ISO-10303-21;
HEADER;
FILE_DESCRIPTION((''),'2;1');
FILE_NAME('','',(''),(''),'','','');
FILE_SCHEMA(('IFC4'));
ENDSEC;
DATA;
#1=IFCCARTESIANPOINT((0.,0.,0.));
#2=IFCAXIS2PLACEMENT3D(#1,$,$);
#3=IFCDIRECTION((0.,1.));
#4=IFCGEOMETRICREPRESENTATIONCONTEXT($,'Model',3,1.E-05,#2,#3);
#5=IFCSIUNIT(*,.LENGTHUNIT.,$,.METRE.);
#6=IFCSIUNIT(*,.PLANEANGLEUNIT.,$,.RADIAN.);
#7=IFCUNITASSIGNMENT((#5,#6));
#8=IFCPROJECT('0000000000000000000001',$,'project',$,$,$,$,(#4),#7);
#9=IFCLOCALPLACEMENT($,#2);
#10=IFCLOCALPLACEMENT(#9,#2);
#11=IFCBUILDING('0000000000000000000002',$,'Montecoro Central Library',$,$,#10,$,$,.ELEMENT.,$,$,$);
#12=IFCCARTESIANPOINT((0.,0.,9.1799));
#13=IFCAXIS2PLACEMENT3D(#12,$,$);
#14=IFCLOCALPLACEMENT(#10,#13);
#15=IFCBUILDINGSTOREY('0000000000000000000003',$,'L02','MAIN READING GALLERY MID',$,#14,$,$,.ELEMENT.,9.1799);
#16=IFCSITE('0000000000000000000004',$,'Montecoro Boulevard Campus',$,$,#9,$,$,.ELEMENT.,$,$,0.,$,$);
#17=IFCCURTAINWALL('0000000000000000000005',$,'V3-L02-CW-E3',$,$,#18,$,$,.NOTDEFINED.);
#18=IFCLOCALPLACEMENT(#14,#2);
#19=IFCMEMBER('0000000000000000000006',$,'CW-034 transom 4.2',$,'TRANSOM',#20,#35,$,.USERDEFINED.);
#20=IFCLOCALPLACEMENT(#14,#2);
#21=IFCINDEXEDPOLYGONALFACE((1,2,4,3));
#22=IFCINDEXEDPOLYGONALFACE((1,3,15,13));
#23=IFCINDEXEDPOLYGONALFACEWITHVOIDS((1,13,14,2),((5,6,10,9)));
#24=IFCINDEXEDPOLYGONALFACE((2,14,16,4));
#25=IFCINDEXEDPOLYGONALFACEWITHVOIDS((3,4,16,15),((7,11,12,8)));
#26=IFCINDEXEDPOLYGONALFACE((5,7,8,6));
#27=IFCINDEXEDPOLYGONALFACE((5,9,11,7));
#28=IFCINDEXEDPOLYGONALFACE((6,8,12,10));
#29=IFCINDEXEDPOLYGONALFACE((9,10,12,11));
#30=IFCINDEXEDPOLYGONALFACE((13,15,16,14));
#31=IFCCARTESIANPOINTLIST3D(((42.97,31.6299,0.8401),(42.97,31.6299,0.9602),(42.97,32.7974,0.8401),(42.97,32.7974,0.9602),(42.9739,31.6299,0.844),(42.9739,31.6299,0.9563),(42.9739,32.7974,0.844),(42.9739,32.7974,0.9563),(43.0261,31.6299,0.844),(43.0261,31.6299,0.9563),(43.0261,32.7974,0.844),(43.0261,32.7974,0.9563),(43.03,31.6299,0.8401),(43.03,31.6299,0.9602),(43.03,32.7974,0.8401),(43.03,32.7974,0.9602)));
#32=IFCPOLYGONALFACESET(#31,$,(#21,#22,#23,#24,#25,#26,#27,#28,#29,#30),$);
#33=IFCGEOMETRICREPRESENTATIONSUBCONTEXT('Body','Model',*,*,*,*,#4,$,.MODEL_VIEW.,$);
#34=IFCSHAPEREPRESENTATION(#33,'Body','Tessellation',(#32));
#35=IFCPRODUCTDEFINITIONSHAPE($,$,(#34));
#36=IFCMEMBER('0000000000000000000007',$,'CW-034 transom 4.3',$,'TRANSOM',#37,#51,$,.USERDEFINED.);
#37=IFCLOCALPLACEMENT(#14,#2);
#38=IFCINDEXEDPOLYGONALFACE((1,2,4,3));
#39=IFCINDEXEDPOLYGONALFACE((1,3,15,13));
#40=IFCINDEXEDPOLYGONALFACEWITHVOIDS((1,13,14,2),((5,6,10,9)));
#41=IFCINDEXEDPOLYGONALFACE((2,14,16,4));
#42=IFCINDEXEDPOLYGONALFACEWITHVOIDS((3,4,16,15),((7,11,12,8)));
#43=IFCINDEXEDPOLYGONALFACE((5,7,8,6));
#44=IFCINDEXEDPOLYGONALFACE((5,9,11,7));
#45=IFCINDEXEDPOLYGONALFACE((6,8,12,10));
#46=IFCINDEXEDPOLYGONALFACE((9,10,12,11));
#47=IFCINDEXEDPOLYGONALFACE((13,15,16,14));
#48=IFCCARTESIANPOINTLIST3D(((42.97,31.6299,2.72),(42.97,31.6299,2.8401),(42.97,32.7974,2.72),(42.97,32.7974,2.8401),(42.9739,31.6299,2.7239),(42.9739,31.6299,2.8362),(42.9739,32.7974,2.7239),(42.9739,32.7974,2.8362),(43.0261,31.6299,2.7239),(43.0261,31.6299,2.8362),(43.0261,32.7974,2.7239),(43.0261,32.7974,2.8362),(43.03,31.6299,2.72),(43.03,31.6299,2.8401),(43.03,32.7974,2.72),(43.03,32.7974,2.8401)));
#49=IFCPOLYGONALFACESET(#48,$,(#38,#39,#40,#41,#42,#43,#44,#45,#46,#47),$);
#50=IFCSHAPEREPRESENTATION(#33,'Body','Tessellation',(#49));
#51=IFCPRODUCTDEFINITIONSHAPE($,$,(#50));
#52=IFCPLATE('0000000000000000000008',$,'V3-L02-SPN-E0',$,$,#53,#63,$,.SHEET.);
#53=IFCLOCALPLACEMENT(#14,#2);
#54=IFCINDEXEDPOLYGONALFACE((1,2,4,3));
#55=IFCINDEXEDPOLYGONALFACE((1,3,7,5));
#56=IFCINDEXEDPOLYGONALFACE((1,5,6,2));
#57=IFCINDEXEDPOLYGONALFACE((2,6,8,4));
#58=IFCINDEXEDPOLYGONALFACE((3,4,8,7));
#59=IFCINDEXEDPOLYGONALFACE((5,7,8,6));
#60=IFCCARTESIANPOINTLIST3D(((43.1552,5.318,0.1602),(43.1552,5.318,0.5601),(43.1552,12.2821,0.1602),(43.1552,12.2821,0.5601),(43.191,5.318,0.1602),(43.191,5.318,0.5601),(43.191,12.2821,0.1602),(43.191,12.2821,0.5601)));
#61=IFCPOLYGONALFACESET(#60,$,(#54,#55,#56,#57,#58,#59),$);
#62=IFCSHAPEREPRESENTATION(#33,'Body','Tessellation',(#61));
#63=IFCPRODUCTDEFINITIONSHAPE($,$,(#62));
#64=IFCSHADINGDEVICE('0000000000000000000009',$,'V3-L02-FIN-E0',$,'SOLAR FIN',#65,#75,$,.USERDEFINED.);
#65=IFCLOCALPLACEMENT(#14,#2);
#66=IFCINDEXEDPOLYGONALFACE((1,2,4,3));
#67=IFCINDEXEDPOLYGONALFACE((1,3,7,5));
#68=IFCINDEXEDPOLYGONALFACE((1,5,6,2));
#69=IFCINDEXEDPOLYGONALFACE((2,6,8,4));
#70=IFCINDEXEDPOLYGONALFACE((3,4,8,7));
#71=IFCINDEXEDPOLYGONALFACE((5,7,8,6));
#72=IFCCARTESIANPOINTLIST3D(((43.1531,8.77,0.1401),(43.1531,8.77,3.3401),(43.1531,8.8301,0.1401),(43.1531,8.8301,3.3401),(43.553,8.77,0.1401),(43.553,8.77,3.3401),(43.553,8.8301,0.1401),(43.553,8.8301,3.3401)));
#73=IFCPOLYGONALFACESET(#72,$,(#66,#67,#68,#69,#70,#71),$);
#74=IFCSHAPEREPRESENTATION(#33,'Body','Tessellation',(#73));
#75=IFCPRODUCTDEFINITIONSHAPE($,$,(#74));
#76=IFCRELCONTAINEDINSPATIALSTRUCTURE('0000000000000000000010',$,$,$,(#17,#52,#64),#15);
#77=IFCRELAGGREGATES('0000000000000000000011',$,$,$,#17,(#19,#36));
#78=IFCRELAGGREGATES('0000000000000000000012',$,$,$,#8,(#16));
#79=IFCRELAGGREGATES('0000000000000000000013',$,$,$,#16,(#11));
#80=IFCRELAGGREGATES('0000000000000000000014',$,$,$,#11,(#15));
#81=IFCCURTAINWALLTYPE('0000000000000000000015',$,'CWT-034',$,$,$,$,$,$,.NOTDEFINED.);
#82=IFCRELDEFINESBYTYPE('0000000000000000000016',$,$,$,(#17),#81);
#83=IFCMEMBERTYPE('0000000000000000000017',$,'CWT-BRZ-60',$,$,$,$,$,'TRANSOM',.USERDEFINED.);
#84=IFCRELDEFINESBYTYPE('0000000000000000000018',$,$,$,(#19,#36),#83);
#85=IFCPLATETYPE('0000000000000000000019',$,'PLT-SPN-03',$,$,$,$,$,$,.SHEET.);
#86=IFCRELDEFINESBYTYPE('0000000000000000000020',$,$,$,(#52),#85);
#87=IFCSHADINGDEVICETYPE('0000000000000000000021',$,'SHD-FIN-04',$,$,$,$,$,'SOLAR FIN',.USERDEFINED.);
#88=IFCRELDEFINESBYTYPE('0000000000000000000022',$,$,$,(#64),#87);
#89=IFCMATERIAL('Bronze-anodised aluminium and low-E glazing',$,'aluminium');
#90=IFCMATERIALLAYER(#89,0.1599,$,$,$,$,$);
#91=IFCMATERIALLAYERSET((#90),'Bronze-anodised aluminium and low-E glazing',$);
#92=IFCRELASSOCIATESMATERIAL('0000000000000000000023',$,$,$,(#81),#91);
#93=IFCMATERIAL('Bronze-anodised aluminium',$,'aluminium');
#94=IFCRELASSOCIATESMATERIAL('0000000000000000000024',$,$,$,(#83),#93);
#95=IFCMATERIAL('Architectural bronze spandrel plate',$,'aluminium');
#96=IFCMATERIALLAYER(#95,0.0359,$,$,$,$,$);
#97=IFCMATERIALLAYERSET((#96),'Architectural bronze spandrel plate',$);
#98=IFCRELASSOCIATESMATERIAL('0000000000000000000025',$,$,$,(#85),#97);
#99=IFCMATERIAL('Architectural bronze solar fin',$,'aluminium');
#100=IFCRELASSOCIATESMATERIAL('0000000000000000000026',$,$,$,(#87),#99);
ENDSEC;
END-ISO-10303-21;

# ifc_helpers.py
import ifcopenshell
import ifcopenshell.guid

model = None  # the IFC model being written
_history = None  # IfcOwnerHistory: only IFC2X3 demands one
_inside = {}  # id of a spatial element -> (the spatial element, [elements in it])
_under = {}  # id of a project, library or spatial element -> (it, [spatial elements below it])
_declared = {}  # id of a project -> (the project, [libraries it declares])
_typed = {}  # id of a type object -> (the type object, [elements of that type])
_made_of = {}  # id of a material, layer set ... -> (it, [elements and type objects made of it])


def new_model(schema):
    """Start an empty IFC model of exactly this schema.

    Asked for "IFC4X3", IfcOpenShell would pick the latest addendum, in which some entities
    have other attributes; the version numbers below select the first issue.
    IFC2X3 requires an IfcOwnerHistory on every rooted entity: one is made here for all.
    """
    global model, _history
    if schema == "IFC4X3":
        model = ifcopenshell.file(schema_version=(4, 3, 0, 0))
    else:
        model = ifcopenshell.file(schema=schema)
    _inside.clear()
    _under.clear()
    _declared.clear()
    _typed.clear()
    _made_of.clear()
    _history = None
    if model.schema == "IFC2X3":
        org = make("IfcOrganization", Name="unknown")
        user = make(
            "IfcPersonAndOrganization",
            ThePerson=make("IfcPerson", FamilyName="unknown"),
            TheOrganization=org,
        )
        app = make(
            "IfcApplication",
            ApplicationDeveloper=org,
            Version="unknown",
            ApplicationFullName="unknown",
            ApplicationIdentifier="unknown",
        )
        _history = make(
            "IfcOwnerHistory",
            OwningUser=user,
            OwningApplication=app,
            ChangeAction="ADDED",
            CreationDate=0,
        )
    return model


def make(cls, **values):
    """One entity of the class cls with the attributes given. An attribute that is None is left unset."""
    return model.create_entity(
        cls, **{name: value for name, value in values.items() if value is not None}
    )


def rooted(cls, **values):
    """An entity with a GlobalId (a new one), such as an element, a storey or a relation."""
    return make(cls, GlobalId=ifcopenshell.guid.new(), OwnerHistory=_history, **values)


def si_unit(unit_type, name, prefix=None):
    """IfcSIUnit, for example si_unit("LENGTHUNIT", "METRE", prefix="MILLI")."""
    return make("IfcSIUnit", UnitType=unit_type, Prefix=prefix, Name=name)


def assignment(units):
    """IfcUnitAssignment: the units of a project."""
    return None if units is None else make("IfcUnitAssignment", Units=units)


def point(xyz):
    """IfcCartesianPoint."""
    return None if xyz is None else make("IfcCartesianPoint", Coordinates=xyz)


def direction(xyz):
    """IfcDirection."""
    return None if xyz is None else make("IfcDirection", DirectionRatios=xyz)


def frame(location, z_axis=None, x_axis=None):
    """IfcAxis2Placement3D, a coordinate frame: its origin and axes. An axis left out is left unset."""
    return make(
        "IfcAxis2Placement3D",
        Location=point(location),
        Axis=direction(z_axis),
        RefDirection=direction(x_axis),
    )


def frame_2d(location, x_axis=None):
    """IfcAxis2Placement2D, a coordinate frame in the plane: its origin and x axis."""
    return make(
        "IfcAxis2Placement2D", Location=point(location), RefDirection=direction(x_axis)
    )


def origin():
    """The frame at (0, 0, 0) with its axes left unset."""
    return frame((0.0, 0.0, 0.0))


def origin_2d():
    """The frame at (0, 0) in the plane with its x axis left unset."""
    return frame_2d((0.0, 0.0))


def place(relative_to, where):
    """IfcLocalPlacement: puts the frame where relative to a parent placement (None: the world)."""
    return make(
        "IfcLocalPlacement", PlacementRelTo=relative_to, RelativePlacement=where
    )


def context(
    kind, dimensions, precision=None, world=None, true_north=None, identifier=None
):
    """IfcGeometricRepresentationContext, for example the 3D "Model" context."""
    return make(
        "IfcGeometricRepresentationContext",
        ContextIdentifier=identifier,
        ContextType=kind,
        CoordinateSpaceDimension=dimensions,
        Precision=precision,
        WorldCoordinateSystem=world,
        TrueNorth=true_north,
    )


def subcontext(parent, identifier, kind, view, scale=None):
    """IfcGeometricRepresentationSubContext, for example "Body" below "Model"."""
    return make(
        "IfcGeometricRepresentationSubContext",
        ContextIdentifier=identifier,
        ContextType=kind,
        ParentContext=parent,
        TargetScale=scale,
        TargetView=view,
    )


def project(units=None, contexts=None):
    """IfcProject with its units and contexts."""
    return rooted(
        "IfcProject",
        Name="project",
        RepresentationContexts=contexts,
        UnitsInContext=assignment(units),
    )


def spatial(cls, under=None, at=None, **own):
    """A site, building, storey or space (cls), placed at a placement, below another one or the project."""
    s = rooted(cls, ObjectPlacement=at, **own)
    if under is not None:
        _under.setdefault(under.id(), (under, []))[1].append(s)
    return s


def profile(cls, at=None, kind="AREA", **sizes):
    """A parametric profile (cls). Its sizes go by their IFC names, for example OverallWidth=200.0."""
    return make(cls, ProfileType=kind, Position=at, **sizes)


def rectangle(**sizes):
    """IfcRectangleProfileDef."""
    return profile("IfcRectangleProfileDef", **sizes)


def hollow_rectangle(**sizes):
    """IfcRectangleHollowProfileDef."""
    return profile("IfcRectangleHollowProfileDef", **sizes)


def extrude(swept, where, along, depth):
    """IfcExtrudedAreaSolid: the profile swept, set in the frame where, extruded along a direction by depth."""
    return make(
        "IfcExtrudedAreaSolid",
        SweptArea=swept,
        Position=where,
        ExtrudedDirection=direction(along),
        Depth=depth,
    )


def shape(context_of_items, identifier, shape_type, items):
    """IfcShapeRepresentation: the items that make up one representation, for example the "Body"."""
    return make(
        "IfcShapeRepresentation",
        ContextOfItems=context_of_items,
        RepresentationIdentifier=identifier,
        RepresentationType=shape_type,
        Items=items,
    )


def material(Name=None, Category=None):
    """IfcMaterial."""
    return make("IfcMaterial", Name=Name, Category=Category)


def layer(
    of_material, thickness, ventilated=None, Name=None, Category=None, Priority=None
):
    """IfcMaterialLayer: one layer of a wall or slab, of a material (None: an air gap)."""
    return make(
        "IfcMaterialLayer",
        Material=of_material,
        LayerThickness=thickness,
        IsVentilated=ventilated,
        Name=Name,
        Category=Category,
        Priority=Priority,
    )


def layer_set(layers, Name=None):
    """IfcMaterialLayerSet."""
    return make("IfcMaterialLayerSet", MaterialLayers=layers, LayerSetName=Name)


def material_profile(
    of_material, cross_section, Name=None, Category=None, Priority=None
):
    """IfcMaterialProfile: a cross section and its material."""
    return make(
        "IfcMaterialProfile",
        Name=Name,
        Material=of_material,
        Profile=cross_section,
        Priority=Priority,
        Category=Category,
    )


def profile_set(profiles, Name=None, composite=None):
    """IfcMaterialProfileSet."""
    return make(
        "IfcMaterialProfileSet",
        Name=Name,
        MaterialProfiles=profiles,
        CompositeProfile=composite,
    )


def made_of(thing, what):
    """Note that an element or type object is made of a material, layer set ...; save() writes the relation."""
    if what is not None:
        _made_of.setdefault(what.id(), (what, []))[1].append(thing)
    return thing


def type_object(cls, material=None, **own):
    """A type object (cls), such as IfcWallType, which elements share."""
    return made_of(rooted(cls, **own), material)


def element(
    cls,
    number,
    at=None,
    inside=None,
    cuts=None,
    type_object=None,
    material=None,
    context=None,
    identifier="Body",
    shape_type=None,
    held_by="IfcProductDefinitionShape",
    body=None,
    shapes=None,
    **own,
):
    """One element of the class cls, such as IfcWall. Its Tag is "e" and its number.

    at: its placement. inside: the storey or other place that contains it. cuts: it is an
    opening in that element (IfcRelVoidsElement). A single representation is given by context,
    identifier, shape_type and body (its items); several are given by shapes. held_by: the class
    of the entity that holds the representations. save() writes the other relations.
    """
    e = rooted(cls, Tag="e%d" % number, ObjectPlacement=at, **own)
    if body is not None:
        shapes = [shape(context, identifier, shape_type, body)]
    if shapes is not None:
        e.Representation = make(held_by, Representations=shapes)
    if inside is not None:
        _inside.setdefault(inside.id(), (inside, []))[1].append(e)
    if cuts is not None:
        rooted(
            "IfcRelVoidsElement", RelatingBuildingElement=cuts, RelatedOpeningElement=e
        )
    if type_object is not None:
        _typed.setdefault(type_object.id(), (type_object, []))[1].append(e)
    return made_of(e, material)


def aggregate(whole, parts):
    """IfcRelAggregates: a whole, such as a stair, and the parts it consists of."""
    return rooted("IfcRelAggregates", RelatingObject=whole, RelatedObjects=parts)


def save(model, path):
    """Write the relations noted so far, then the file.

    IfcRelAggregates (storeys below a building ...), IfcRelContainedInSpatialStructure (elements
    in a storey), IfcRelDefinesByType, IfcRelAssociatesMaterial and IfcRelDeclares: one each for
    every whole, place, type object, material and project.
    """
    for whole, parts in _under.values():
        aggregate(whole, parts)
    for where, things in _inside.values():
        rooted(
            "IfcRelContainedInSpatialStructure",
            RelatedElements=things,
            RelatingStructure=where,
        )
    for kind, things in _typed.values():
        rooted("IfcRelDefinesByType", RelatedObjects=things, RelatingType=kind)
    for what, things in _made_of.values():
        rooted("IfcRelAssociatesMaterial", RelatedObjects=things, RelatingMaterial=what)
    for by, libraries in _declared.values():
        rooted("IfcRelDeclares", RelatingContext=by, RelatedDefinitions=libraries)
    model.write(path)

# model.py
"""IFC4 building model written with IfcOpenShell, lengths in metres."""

from ifc_helpers import new_model, si_unit, direction, frame, origin, origin_2d, place, context, subcontext, project, spatial, rectangle, hollow_rectangle, extrude, material, layer, layer_set, material_profile, profile_set, type_object, element, aggregate, save


model = new_model("IFC4")

# Units and contexts
model_context = context("Model", 3, precision=1e-05, world=origin(), true_north=direction((0.0, 1.0)))
body_context = subcontext(model_context, "Body", "Model", "MODEL_VIEW")
ifc_project = project(units=[si_unit("LENGTHUNIT", "METRE"), si_unit("PLANEANGLEUNIT", "RADIAN")], contexts=[model_context])

# Site, building, storey
site_placement = place(None, origin())
site = spatial("IfcSite", under=ifc_project, at=site_placement, Name="Montecoro Boulevard Campus", CompositionType="ELEMENT", RefElevation=0.0)
building_placement = place(site_placement, origin())
building = spatial("IfcBuilding", under=site, at=building_placement, Name="Montecoro Central Library", CompositionType="ELEMENT")
storey_placement = place(building_placement, frame((0.0, 0.0, 9.1799)))
storey = spatial("IfcBuildingStorey", under=building, at=storey_placement, Name="L02", Description="MAIN READING GALLERY MID", CompositionType="ELEMENT", Elevation=9.1799)

# Curtain wall, members
ifc_material_1 = material(Name="Bronze-anodised aluminium and low-E glazing", Category="aluminium")
ifc_layer_1 = layer(ifc_material_1, 0.1599)
ifc_layer_set_1 = layer_set([ifc_layer_1], Name="Bronze-anodised aluminium and low-E glazing")
curtain_wall_type = type_object("IfcCurtainWallType", Name="CWT-034", PredefinedType="NOTDEFINED", material=ifc_layer_set_1)
curtain_wall_placement = place(storey_placement, origin())
curtain_wall = element("IfcCurtainWall", 1, at=curtain_wall_placement, inside=storey, type_object=curtain_wall_type, Name="V3-L02-CW-E3", PredefinedType="NOTDEFINED")
ifc_material_2 = material(Name="Bronze-anodised aluminium", Category="aluminium")
ifc_material_profile_1 = material_profile(ifc_material_2, hollow_rectangle(XDim=0.0601, YDim=0.1201, WallThickness=0.0039, at=origin_2d()), Name="CWT 120x60x4.0")
ifc_profile_set_1 = profile_set([ifc_material_profile_1], Name="Bronze-anodised aluminium")
member_type_1 = type_object("IfcMemberType", Name="CWT-BRZ-60", ElementType="TRANSOM", PredefinedType="USERDEFINED", material=ifc_profile_set_1)
member_1_placement = place(storey_placement, frame((43.0, 31.6299, 0.9001), z_axis=(0.0, 1.0, 0.0), x_axis=(-1.0, 0.0, 0.0)))
member_1 = element("IfcMember", 2, at=member_1_placement, type_object=member_type_1, Name="CW-034 transom 4.2", ObjectType="TRANSOM", PredefinedType="USERDEFINED", context=body_context, shape_type="SweptSolid", body=[
    extrude(hollow_rectangle(XDim=0.0601, YDim=0.1201, WallThickness=0.0039, at=origin_2d()), origin(), (0.0, 0.0, 1.0), 1.1675),
])
member_2_placement = place(storey_placement, frame((43.0, 31.6299, 2.78), z_axis=(0.0, 1.0, 0.0), x_axis=(-1.0, 0.0, 0.0)))
member_2 = element("IfcMember", 3, at=member_2_placement, type_object=member_type_1, Name="CW-034 transom 4.3", ObjectType="TRANSOM", PredefinedType="USERDEFINED", context=body_context, shape_type="SweptSolid", body=[
    extrude(hollow_rectangle(XDim=0.0601, YDim=0.1201, WallThickness=0.0039, at=origin_2d()), origin(), (0.0, 0.0, 1.0), 1.1675),
])
aggregate(curtain_wall, [member_1, member_2])

# Plate
ifc_material_3 = material(Name="Architectural bronze spandrel plate", Category="aluminium")
ifc_layer_2 = layer(ifc_material_3, 0.0359)
ifc_layer_set_2 = layer_set([ifc_layer_2], Name="Architectural bronze spandrel plate")
plate_type = type_object("IfcPlateType", Name="PLT-SPN-03", PredefinedType="SHEET", material=ifc_layer_set_2)
plate_placement = place(storey_placement, frame((43.1731, 8.8, 0.1602), z_axis=(0.0, 0.0, 1.0), x_axis=(0.0, 1.0, 0.0)))
element("IfcPlate", 4, at=plate_placement, inside=storey, type_object=plate_type, Name="V3-L02-SPN-E0", PredefinedType="SHEET", context=body_context, shape_type="SweptSolid", body=[
    extrude(rectangle(XDim=6.9641, YDim=0.0359, at=origin_2d()), origin(), (0.0, 0.0, 1.0), 0.3999),
])

# Shading device
ifc_material_4 = material(Name="Architectural bronze solar fin", Category="aluminium")
shading_device_type = type_object("IfcShadingDeviceType", Name="SHD-FIN-04", ElementType="SOLAR FIN", PredefinedType="USERDEFINED", material=ifc_material_4)
shading_device_placement = place(storey_placement, frame((43.353, 8.8, 0.1401), z_axis=(0.0, 0.0, 1.0), x_axis=(0.0, 1.0, 0.0)))
element("IfcShadingDevice", 5, at=shading_device_placement, inside=storey, type_object=shading_device_type, Name="V3-L02-FIN-E0", ObjectType="SOLAR FIN", PredefinedType="USERDEFINED", context=body_context, shape_type="SweptSolid", body=[
    extrude(rectangle(XDim=0.0601, YDim=0.3999, at=origin_2d()), origin(), (0.0, 0.0, 1.0), 3.2),
])

save(model, "model.ifc")
